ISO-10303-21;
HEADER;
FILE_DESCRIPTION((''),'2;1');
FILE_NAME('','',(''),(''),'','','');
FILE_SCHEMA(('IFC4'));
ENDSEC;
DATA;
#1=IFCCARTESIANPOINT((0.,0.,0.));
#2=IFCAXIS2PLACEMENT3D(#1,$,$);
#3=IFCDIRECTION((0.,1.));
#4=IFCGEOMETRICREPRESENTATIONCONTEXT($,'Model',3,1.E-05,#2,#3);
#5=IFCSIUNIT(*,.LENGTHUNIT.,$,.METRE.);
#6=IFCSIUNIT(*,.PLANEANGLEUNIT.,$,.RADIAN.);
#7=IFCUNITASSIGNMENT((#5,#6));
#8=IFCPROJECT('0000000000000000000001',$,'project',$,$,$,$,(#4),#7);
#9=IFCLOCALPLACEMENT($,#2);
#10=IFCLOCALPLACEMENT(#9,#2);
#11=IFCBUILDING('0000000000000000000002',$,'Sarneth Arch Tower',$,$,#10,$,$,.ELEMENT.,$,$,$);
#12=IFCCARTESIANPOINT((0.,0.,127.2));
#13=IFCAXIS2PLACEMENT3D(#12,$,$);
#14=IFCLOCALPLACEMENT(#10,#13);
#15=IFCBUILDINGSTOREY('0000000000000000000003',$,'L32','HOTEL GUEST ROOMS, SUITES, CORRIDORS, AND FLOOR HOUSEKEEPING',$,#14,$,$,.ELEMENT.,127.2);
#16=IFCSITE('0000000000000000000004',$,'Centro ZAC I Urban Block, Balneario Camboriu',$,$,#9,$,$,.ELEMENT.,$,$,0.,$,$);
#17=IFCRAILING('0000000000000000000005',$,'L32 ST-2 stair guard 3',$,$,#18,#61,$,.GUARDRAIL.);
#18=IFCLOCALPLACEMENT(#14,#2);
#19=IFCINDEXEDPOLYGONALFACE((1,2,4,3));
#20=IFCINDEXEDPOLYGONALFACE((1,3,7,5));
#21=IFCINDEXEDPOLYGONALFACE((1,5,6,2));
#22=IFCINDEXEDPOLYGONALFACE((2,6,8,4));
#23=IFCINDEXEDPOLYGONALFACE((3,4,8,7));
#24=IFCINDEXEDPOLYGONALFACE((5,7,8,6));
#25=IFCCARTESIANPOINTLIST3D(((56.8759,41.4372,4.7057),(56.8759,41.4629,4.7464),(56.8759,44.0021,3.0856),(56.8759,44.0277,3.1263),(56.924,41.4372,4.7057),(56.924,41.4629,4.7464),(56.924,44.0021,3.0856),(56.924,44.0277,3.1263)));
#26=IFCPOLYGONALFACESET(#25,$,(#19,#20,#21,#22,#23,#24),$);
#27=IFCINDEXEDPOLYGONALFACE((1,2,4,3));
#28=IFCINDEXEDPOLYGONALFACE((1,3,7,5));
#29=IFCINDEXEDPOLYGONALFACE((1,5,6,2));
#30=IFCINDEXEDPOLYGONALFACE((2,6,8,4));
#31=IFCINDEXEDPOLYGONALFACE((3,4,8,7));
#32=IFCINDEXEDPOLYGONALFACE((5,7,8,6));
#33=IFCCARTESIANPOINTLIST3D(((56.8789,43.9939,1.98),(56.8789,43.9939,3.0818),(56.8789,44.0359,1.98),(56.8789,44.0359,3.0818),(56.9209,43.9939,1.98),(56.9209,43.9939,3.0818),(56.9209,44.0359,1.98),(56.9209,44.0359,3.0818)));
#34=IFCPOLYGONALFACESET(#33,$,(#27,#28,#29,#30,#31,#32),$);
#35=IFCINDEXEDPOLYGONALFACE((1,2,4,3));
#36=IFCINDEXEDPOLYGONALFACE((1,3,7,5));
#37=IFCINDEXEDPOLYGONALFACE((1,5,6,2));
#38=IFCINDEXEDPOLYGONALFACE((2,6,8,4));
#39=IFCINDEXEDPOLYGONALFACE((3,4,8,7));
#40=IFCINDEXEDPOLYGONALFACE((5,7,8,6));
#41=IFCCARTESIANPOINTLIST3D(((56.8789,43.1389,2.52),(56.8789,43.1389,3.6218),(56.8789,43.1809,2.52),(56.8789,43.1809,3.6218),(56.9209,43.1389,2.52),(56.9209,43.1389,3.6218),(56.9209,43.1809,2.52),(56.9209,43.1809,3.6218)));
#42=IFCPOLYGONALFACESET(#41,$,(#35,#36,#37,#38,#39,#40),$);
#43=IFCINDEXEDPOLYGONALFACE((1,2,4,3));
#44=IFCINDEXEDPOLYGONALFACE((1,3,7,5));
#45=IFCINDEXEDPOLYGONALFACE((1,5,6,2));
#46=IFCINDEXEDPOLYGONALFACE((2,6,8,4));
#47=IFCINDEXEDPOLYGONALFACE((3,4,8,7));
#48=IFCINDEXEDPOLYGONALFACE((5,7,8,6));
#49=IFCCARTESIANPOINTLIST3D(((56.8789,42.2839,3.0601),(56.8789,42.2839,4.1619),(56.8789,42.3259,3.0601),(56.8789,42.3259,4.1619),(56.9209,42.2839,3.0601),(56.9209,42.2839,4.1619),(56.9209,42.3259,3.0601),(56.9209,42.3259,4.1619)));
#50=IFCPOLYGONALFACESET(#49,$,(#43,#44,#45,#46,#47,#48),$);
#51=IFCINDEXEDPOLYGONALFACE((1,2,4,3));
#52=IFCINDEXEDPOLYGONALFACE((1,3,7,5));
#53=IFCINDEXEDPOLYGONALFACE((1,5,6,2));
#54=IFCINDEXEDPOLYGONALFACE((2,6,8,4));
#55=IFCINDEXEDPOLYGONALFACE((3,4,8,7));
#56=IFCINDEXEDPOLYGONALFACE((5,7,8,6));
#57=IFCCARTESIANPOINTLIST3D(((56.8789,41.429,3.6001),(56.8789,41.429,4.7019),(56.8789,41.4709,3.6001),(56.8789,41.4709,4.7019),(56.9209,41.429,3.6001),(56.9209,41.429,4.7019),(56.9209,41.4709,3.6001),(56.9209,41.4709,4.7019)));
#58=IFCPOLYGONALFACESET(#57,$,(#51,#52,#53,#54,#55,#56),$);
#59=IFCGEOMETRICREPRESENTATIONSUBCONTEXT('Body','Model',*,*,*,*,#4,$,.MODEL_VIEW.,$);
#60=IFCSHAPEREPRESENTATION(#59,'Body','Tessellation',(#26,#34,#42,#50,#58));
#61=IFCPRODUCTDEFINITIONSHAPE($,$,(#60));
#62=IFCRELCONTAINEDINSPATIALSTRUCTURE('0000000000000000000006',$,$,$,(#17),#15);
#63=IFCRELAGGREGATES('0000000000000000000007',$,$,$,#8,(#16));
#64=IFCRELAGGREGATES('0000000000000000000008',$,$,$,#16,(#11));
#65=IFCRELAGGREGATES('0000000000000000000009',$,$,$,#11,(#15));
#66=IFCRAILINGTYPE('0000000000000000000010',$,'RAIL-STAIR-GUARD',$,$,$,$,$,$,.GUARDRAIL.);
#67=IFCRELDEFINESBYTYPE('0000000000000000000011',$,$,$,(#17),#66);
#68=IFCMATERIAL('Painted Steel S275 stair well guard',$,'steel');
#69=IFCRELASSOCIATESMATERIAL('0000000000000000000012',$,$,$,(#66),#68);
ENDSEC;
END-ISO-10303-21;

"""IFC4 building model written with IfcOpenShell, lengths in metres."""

from ifc_helpers import new_model, si_unit, direction, frame, origin, origin_2d, place, context, subcontext, project, spatial, rectangle, extrude, material, type_object, element, save


model = new_model("IFC4")

# Units and contexts
model_context = context("Model", 3, precision=1e-05, world=origin(), true_north=direction((0.0, 1.0)))
body_context = subcontext(model_context, "Body", "Model", "MODEL_VIEW")
ifc_project = project(units=[si_unit("LENGTHUNIT", "METRE"), si_unit("PLANEANGLEUNIT", "RADIAN")], contexts=[model_context])

# Site, building, storey
site_placement = place(None, origin())
site = spatial("IfcSite", under=ifc_project, at=site_placement, Name="Centro ZAC I Urban Block, Balneario Camboriu", CompositionType="ELEMENT", RefElevation=0.0)
building_placement = place(site_placement, origin())
building = spatial("IfcBuilding", under=site, at=building_placement, Name="Sarneth Arch Tower", CompositionType="ELEMENT")
storey_placement = place(building_placement, frame((0.0, 0.0, 127.2)))
storey = spatial("IfcBuildingStorey", under=building, at=storey_placement, Name="L32", Description="HOTEL GUEST ROOMS, SUITES, CORRIDORS, AND FLOOR HOUSEKEEPING", CompositionType="ELEMENT", Elevation=127.2)

# Railing
ifc_material_1 = material(Name="Painted Steel S275 stair well guard", Category="steel")
railing_type_1 = type_object("IfcRailingType", Name="RAIL-STAIR-GUARD", PredefinedType="GUARDRAIL", material=ifc_material_1)
railing_1_placement = place(storey_placement, frame((56.8999, 44.0149, 1.98)))
element("IfcRailing", 1, at=railing_1_placement, inside=storey, type_object=railing_type_1, Name="L32 ST-2 stair guard 3", PredefinedType="GUARDRAIL", context=body_context, shape_type="SweptSolid", body=[
    extrude(rectangle(XDim=0.0481, YDim=0.0481, at=origin_2d()), frame((0.0, 0.0, 1.126), z_axis=(0.0, -0.845466, 0.534029), x_axis=(1.0, 0.0, 0.0)), (0.0, 0.0, 1.0), 3.0337),
    extrude(rectangle(XDim=0.042, YDim=0.042, at=origin_2d()), origin(), (0.0, 0.0, 1.0), 1.1018),
    extrude(rectangle(XDim=0.042, YDim=0.042, at=origin_2d()), frame((0.0, -0.855, 0.54)), (0.0, 0.0, 1.0), 1.1018),
    extrude(rectangle(XDim=0.042, YDim=0.042, at=origin_2d()), frame((0.0, -1.71, 1.0801)), (0.0, 0.0, 1.0), 1.1018),
    extrude(rectangle(XDim=0.042, YDim=0.042, at=origin_2d()), frame((0.0, -2.5649, 1.6201)), (0.0, 0.0, 1.0), 1.1018),
])

save(model, "model.ifc")
